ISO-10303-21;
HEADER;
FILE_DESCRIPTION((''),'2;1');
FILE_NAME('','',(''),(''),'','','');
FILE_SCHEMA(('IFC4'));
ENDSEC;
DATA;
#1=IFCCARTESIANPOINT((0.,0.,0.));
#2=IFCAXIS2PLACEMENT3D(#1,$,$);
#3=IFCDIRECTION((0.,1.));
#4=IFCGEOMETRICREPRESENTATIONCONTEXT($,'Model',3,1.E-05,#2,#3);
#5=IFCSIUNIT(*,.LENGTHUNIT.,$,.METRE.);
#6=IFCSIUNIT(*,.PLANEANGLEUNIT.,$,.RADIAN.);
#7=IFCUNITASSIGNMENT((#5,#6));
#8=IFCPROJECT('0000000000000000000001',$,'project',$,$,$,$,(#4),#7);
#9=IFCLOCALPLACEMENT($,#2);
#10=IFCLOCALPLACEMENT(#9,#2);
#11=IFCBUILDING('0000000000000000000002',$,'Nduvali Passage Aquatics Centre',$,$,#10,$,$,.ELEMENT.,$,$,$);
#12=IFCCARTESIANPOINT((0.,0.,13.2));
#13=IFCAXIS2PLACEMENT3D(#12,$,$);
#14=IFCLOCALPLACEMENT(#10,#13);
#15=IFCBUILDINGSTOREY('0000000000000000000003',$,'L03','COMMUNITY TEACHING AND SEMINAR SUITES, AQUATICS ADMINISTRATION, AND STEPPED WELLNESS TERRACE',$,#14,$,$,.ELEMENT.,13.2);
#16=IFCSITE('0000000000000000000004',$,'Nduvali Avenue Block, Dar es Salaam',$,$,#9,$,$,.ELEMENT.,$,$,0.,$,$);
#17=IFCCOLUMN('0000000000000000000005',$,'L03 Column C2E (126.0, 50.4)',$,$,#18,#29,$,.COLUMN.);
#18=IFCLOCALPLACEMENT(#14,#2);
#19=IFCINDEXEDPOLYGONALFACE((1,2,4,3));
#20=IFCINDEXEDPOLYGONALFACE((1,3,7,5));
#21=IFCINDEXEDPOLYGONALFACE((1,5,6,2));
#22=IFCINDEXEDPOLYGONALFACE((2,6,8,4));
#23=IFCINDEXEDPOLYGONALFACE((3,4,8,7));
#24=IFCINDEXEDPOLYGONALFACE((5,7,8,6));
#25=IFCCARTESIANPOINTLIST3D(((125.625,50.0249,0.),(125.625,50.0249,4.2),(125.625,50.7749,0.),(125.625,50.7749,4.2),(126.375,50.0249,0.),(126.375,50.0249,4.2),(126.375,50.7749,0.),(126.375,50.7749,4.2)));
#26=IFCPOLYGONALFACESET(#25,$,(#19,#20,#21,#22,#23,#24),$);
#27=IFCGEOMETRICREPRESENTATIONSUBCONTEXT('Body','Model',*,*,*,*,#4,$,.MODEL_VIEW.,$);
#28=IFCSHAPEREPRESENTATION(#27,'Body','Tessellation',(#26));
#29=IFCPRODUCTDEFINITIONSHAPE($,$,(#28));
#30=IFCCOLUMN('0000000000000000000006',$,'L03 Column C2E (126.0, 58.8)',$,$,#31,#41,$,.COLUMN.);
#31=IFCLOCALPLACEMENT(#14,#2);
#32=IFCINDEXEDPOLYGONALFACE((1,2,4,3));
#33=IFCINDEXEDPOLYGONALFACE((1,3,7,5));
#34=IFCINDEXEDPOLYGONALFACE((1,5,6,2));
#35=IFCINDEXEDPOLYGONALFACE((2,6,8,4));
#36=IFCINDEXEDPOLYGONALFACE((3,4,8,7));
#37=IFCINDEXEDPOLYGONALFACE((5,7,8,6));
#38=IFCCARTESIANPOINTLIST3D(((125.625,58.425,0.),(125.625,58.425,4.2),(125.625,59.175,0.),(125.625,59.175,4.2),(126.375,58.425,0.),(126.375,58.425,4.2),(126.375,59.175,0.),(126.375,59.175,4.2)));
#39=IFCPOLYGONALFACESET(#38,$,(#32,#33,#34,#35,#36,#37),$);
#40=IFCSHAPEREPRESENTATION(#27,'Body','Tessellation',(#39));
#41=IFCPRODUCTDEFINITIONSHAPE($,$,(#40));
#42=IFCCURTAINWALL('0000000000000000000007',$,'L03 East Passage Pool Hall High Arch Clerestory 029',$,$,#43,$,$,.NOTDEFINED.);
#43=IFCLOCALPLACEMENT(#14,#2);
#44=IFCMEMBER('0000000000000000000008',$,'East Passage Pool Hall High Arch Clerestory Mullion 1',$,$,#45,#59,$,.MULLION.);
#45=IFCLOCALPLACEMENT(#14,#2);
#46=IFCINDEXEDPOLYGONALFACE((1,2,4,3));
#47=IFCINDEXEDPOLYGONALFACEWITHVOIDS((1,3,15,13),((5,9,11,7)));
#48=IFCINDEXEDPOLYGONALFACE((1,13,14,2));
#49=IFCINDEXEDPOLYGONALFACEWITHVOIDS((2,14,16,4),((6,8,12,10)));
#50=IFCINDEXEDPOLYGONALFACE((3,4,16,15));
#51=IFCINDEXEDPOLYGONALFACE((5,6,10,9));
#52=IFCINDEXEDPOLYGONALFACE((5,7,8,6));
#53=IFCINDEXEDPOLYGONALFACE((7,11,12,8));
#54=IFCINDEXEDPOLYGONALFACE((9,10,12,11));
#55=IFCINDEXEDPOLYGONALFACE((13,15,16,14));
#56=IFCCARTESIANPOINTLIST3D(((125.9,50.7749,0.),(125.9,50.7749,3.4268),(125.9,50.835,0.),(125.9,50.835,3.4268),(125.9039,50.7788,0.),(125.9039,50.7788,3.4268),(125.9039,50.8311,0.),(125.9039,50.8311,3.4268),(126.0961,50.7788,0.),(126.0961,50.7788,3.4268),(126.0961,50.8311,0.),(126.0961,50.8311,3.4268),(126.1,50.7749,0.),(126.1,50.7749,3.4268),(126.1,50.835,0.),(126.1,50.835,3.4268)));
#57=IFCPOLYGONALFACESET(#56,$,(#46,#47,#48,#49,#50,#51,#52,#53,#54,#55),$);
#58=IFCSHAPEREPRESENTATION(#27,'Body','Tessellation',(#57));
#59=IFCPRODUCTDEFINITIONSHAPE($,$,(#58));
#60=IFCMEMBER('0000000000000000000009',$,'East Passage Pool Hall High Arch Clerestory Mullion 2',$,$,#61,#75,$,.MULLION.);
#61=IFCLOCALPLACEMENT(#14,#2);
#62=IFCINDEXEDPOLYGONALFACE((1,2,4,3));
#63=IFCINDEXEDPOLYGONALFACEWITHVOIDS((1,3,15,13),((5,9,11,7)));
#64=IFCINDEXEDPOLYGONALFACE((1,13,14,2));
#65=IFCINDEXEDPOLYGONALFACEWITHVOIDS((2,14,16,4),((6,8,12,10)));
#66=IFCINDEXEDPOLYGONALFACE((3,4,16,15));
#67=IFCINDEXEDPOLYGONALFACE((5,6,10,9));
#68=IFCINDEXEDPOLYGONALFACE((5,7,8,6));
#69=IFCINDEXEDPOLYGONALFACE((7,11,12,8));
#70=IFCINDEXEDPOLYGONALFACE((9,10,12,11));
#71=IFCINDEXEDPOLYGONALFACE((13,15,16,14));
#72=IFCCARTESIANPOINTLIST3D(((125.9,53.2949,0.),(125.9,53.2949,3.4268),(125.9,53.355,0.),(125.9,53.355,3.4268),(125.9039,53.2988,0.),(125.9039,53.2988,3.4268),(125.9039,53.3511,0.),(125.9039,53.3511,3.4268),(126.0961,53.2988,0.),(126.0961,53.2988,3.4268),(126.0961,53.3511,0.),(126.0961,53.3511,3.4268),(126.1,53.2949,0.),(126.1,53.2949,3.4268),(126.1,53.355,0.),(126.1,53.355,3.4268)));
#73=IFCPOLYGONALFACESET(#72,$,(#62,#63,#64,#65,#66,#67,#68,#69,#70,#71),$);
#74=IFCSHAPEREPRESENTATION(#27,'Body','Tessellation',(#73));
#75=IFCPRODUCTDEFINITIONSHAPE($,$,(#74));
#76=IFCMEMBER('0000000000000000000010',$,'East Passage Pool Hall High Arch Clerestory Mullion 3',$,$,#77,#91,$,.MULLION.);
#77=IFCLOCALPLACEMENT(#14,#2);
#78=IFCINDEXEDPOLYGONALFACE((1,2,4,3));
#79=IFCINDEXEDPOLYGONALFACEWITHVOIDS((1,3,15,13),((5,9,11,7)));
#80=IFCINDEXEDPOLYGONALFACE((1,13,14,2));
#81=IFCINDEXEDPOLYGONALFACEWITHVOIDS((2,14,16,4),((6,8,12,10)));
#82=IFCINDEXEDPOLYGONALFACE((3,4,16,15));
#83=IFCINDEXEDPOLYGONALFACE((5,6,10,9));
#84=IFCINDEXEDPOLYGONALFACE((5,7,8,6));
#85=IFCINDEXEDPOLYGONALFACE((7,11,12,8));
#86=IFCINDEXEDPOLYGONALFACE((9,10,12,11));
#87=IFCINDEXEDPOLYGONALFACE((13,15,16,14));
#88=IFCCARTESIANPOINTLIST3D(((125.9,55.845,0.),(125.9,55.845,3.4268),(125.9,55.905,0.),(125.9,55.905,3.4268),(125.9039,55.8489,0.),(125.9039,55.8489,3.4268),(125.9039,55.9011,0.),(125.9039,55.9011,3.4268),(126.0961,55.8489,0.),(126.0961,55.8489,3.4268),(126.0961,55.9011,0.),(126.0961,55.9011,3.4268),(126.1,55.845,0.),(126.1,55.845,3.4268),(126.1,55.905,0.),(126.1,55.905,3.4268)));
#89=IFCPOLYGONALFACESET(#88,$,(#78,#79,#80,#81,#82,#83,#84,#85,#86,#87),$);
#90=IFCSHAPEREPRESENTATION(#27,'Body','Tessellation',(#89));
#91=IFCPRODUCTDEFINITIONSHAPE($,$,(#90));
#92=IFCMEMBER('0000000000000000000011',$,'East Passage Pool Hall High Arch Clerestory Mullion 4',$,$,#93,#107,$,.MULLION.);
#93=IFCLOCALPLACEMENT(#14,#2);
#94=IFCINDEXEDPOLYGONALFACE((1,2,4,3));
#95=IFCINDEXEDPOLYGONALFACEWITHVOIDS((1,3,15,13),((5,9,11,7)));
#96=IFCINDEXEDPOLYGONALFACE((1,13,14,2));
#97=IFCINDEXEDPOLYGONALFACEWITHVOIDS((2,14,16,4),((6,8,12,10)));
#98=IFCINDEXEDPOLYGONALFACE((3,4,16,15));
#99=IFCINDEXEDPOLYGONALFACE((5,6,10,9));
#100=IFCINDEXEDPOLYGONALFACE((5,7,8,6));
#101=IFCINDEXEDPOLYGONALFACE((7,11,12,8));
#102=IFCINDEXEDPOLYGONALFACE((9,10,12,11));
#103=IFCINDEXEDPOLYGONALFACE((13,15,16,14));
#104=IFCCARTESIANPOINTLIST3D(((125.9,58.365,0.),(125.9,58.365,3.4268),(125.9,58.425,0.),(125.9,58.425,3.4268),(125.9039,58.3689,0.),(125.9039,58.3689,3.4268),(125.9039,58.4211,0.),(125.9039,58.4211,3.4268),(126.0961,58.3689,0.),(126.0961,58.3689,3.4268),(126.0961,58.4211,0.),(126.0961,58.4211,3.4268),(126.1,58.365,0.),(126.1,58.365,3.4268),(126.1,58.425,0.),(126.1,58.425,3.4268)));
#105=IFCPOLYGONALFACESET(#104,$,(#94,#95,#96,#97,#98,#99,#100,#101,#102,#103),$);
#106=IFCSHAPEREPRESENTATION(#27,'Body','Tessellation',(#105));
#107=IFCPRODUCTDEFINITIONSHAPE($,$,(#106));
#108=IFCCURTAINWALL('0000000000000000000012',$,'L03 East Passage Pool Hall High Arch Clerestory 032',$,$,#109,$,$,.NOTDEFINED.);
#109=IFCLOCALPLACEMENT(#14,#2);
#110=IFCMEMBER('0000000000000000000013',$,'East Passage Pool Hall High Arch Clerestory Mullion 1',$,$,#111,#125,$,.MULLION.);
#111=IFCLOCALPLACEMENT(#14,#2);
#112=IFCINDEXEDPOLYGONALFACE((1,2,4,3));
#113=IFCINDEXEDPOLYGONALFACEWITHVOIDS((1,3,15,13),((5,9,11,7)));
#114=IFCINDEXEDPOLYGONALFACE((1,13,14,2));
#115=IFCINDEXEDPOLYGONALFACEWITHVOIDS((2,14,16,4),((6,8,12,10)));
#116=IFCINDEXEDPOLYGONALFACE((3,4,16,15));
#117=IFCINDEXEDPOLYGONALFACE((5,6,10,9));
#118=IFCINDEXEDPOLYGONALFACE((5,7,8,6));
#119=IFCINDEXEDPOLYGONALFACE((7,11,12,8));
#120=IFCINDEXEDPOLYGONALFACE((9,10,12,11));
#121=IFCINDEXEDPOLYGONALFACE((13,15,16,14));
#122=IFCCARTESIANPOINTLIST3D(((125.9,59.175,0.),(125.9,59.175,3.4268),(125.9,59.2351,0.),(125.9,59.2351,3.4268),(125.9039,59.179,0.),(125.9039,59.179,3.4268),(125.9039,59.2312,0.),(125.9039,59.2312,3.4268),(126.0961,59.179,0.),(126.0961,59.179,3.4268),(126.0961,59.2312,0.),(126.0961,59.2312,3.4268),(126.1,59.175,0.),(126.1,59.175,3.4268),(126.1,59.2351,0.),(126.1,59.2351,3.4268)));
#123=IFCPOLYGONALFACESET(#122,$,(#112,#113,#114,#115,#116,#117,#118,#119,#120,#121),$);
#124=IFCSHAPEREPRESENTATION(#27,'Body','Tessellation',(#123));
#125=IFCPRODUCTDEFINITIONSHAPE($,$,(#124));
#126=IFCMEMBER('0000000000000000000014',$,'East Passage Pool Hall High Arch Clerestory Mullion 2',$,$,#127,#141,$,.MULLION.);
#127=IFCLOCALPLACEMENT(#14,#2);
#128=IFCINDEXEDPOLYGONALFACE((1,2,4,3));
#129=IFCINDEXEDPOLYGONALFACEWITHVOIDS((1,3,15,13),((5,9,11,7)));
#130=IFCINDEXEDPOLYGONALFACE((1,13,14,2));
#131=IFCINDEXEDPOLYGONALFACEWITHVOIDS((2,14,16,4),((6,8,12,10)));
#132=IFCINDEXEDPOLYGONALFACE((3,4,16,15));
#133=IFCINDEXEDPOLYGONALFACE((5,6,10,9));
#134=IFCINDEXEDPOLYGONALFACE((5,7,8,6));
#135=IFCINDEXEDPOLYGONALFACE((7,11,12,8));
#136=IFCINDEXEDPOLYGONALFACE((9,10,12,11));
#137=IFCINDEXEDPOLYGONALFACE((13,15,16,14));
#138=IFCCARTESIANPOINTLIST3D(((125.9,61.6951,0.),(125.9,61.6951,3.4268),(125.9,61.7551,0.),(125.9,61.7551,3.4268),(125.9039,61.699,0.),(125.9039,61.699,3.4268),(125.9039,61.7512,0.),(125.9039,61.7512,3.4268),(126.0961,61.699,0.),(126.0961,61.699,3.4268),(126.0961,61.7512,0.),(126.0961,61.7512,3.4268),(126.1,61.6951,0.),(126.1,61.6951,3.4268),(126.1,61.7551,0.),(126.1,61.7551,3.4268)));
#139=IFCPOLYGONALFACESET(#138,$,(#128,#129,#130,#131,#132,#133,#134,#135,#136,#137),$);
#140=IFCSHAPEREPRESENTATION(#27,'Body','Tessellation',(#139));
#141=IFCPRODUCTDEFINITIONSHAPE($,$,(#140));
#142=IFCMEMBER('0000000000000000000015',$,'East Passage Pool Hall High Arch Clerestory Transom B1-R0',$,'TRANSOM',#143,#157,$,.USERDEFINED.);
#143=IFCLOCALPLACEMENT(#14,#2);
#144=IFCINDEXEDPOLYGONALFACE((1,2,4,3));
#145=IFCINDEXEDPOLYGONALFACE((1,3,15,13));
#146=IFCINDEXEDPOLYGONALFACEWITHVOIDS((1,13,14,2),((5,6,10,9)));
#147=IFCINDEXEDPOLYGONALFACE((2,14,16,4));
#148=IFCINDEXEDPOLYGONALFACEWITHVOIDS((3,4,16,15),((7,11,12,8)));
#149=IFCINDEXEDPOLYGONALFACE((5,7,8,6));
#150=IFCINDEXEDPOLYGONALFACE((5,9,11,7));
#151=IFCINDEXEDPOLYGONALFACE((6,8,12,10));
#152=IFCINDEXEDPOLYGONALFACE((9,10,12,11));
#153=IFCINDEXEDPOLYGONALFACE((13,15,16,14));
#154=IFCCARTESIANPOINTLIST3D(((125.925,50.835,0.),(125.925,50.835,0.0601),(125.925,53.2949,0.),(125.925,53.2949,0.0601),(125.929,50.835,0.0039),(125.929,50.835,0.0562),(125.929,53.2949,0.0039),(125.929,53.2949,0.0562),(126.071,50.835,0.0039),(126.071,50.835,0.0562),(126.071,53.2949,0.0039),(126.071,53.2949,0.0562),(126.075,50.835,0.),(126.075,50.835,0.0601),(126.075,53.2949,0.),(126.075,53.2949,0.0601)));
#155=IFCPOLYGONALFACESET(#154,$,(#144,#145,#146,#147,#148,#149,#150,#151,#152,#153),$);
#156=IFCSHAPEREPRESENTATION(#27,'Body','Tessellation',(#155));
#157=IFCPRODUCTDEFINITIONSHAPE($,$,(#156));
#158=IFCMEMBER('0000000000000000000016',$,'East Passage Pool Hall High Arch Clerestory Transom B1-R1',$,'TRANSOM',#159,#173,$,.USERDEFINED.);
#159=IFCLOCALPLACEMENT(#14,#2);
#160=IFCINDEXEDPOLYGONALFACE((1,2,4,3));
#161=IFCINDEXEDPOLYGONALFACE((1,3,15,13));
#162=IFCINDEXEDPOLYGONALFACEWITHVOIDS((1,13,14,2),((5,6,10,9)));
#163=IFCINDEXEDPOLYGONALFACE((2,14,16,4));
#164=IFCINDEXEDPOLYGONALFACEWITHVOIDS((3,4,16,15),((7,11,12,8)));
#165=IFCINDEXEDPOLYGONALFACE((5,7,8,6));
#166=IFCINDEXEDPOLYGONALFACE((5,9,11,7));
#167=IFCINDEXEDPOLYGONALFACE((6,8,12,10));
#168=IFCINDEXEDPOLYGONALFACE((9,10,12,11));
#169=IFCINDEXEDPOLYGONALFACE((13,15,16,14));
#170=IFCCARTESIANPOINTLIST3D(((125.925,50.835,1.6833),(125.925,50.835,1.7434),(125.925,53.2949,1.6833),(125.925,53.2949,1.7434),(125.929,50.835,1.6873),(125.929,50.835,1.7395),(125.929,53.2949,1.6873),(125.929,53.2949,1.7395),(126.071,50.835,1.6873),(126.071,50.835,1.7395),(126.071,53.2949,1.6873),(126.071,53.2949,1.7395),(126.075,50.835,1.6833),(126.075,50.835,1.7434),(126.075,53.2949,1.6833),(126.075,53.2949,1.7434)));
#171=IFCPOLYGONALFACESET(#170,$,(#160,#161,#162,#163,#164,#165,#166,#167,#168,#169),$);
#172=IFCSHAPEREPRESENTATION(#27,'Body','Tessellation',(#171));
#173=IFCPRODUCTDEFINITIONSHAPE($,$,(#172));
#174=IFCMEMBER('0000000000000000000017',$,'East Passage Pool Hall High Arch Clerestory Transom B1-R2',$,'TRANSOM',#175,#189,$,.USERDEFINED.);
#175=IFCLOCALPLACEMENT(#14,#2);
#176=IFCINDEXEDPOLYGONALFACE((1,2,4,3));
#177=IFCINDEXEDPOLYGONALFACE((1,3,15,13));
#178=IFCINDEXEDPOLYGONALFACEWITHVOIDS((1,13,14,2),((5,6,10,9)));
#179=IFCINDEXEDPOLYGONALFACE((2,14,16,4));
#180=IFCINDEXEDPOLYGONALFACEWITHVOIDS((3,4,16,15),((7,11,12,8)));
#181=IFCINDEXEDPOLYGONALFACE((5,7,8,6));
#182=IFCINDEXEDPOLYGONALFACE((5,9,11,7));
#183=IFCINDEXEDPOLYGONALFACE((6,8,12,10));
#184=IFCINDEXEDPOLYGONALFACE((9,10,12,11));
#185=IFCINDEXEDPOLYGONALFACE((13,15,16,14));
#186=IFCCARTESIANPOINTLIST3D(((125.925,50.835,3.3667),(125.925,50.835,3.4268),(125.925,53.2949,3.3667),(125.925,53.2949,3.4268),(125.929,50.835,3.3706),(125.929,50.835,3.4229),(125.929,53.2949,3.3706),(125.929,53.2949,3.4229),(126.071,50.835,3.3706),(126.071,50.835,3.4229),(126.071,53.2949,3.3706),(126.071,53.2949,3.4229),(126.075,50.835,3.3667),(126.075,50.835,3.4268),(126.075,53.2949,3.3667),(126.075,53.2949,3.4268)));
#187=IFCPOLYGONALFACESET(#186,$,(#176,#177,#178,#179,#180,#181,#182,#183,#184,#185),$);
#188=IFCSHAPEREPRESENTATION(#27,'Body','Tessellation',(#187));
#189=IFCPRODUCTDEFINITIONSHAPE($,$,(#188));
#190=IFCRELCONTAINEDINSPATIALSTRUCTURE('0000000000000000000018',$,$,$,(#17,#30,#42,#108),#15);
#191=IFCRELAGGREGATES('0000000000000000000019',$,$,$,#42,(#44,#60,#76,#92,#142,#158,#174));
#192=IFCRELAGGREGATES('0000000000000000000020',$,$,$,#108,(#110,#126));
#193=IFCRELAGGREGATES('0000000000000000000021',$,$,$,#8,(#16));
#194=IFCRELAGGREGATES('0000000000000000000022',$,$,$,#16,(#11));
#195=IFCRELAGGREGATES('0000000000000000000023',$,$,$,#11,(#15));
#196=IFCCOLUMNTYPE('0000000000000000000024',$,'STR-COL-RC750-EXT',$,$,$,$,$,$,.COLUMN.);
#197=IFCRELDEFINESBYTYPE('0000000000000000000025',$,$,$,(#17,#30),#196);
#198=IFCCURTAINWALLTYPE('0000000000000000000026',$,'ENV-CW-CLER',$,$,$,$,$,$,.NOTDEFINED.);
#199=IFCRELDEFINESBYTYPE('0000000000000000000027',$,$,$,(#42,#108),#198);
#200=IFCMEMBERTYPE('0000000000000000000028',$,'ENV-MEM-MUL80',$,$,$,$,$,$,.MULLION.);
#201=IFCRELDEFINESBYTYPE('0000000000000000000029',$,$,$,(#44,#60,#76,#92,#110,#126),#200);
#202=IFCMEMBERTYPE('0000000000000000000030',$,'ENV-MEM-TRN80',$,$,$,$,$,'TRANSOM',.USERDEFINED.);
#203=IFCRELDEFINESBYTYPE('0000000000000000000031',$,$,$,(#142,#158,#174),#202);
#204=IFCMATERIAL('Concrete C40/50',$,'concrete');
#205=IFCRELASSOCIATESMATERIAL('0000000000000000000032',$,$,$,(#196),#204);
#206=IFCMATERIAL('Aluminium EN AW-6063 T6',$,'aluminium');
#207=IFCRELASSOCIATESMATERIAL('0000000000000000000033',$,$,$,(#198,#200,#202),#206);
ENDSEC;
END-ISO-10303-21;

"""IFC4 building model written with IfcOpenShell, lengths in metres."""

from ifc_helpers import new_model, si_unit, direction, frame, origin, origin_2d, place, context, subcontext, project, spatial, rectangle, hollow_rectangle, extrude, material, material_profile, profile_set, type_object, element, aggregate, save


model = new_model("IFC4")

# Units and contexts
model_context = context("Model", 3, precision=1e-05, world=origin(), true_north=direction((0.0, 1.0)))
body_context = subcontext(model_context, "Body", "Model", "MODEL_VIEW")
ifc_project = project(units=[si_unit("LENGTHUNIT", "METRE"), si_unit("PLANEANGLEUNIT", "RADIAN")], contexts=[model_context])

# Site, building, storey
site_placement = place(None, origin())
site = spatial("IfcSite", under=ifc_project, at=site_placement, Name="Nduvali Avenue Block, Dar es Salaam", CompositionType="ELEMENT", RefElevation=0.0)
building_placement = place(site_placement, origin())
building = spatial("IfcBuilding", under=site, at=building_placement, Name="Nduvali Passage Aquatics Centre", CompositionType="ELEMENT")
storey_placement = place(building_placement, frame((0.0, 0.0, 13.2)))
storey = spatial("IfcBuildingStorey", under=building, at=storey_placement, Name="L03", Description="COMMUNITY TEACHING AND SEMINAR SUITES, AQUATICS ADMINISTRATION, AND STEPPED WELLNESS TERRACE", CompositionType="ELEMENT", Elevation=13.2)

# Columns
ifc_material_1 = material(Name="Concrete C40/50", Category="concrete")
ifc_material_profile_1 = material_profile(ifc_material_1, rectangle(XDim=0.75, YDim=0.75, at=origin_2d()), Name="RC 750x750")
ifc_profile_set_1 = profile_set([ifc_material_profile_1], Name="Concrete C40/50")
column_type = type_object("IfcColumnType", Name="STR-COL-RC750-EXT", PredefinedType="COLUMN", material=ifc_profile_set_1)
for number, where, z_axis, x_axis, name in (
    (1, (126.0, 50.3999, 0.0), (0.0, 0.0, 1.0), (1.0, 0.0, 0.0), "L03 Column C2E (126.0, 50.4)"),
    (2, (126.0, 58.8, 0.0), (0.0, 0.0, 1.0), (1.0, 0.0, 0.0), "L03 Column C2E (126.0, 58.8)"),
):
    element("IfcColumn", number, at=place(storey_placement, frame(where, z_axis=z_axis, x_axis=x_axis)), inside=storey, type_object=column_type, Name=name, PredefinedType="COLUMN", context=body_context, shape_type="SweptSolid", body=[
        extrude(rectangle(XDim=0.75, YDim=0.75, at=origin_2d()), origin(), (0.0, 0.0, 1.0), 4.2),
    ])

# Curtain walls, members
ifc_material_2 = material(Name="Aluminium EN AW-6063 T6", Category="aluminium")
curtain_wall_type = type_object("IfcCurtainWallType", Name="ENV-CW-CLER", PredefinedType="NOTDEFINED", material=ifc_material_2)
curtain_wall_1_placement = place(storey_placement, origin())
curtain_wall_1 = element("IfcCurtainWall", 3, at=curtain_wall_1_placement, inside=storey, type_object=curtain_wall_type, Name="L03 East Passage Pool Hall High Arch Clerestory 029", PredefinedType="NOTDEFINED")
ifc_material_profile_2 = material_profile(ifc_material_2, hollow_rectangle(XDim=0.0601, YDim=0.2, WallThickness=0.0039, at=origin_2d()), Name="ALU MULLION 60x200x4")
ifc_profile_set_2 = profile_set([ifc_material_profile_2], Name="Aluminium EN AW-6063 T6")
member_type_1 = type_object("IfcMemberType", Name="ENV-MEM-MUL80", PredefinedType="MULLION", material=ifc_profile_set_2)
member_1_placement = place(storey_placement, frame((126.0, 50.8049, 0.0), z_axis=(0.0, 0.0, 1.0), x_axis=(0.0, 1.0, 0.0)))
member_1 = element("IfcMember", 4, at=member_1_placement, type_object=member_type_1, Name="East Passage Pool Hall High Arch Clerestory Mullion 1", PredefinedType="MULLION", context=body_context, shape_type="SweptSolid", body=[
    extrude(hollow_rectangle(XDim=0.0601, YDim=0.2, WallThickness=0.0039, at=origin_2d()), origin(), (0.0, 0.0, 1.0), 3.4268),
])
member_2_placement = place(storey_placement, frame((126.0, 53.325, 0.0), z_axis=(0.0, 0.0, 1.0), x_axis=(0.0, 1.0, 0.0)))
member_2 = element("IfcMember", 5, at=member_2_placement, type_object=member_type_1, Name="East Passage Pool Hall High Arch Clerestory Mullion 2", PredefinedType="MULLION", context=body_context, shape_type="SweptSolid", body=[
    extrude(hollow_rectangle(XDim=0.0601, YDim=0.2, WallThickness=0.0039, at=origin_2d()), origin(), (0.0, 0.0, 1.0), 3.4268),
])
member_3_placement = place(storey_placement, frame((126.0, 55.875, 0.0), z_axis=(0.0, 0.0, 1.0), x_axis=(0.0, 1.0, 0.0)))
member_3 = element("IfcMember", 6, at=member_3_placement, type_object=member_type_1, Name="East Passage Pool Hall High Arch Clerestory Mullion 3", PredefinedType="MULLION", context=body_context, shape_type="SweptSolid", body=[
    extrude(hollow_rectangle(XDim=0.0601, YDim=0.2, WallThickness=0.0039, at=origin_2d()), origin(), (0.0, 0.0, 1.0), 3.4268),
])
member_4_placement = place(storey_placement, frame((126.0, 58.395, 0.0), z_axis=(0.0, 0.0, 1.0), x_axis=(0.0, 1.0, 0.0)))
member_4 = element("IfcMember", 7, at=member_4_placement, type_object=member_type_1, Name="East Passage Pool Hall High Arch Clerestory Mullion 4", PredefinedType="MULLION", context=body_context, shape_type="SweptSolid", body=[
    extrude(hollow_rectangle(XDim=0.0601, YDim=0.2, WallThickness=0.0039, at=origin_2d()), origin(), (0.0, 0.0, 1.0), 3.4268),
])
curtain_wall_2_placement = place(storey_placement, origin())
curtain_wall_2 = element("IfcCurtainWall", 8, at=curtain_wall_2_placement, inside=storey, type_object=curtain_wall_type, Name="L03 East Passage Pool Hall High Arch Clerestory 032", PredefinedType="NOTDEFINED")
member_5_placement = place(storey_placement, frame((126.0, 59.2051, 0.0), z_axis=(0.0, 0.0, 1.0), x_axis=(0.0, 1.0, 0.0)))
member_5 = element("IfcMember", 9, at=member_5_placement, type_object=member_type_1, Name="East Passage Pool Hall High Arch Clerestory Mullion 1", PredefinedType="MULLION", context=body_context, shape_type="SweptSolid", body=[
    extrude(hollow_rectangle(XDim=0.0601, YDim=0.2, WallThickness=0.0039, at=origin_2d()), origin(), (0.0, 0.0, 1.0), 3.4268),
])
member_6_placement = place(storey_placement, frame((126.0, 61.7251, 0.0), z_axis=(0.0, 0.0, 1.0), x_axis=(0.0, 1.0, 0.0)))
member_6 = element("IfcMember", 10, at=member_6_placement, type_object=member_type_1, Name="East Passage Pool Hall High Arch Clerestory Mullion 2", PredefinedType="MULLION", context=body_context, shape_type="SweptSolid", body=[
    extrude(hollow_rectangle(XDim=0.0601, YDim=0.2, WallThickness=0.0039, at=origin_2d()), origin(), (0.0, 0.0, 1.0), 3.4268),
])

# Members
ifc_material_profile_3 = material_profile(ifc_material_2, hollow_rectangle(XDim=0.1499, YDim=0.0601, WallThickness=0.0039, at=origin_2d()), Name="ALU TRANSOM 150x60x4")
ifc_profile_set_3 = profile_set([ifc_material_profile_3], Name="Aluminium EN AW-6063 T6")
member_type_2 = type_object("IfcMemberType", Name="ENV-MEM-TRN80", ElementType="TRANSOM", PredefinedType="USERDEFINED", material=ifc_profile_set_3)
member_7_placement = place(storey_placement, frame((126.0, 50.835, 0.03), z_axis=(0.0, 1.0, 0.0), x_axis=(-1.0, 0.0, 0.0)))
member_7 = element("IfcMember", 11, at=member_7_placement, type_object=member_type_2, Name="East Passage Pool Hall High Arch Clerestory Transom B1-R0", ObjectType="TRANSOM", PredefinedType="USERDEFINED", context=body_context, shape_type="SweptSolid", body=[
    extrude(hollow_rectangle(XDim=0.1499, YDim=0.0601, WallThickness=0.0039, at=origin_2d()), origin(), (0.0, 0.0, 1.0), 2.46),
])
member_8_placement = place(storey_placement, frame((126.0, 50.835, 1.7134), z_axis=(0.0, 1.0, 0.0), x_axis=(-1.0, 0.0, 0.0)))
member_8 = element("IfcMember", 12, at=member_8_placement, type_object=member_type_2, Name="East Passage Pool Hall High Arch Clerestory Transom B1-R1", ObjectType="TRANSOM", PredefinedType="USERDEFINED", context=body_context, shape_type="SweptSolid", body=[
    extrude(hollow_rectangle(XDim=0.1499, YDim=0.0601, WallThickness=0.0039, at=origin_2d()), origin(), (0.0, 0.0, 1.0), 2.46),
])
member_9_placement = place(storey_placement, frame((126.0, 50.835, 3.3967), z_axis=(0.0, 1.0, 0.0), x_axis=(-1.0, 0.0, 0.0)))
member_9 = element("IfcMember", 13, at=member_9_placement, type_object=member_type_2, Name="East Passage Pool Hall High Arch Clerestory Transom B1-R2", ObjectType="TRANSOM", PredefinedType="USERDEFINED", context=body_context, shape_type="SweptSolid", body=[
    extrude(hollow_rectangle(XDim=0.1499, YDim=0.0601, WallThickness=0.0039, at=origin_2d()), origin(), (0.0, 0.0, 1.0), 2.46),
])

aggregate(curtain_wall_1, [member_1, member_2, member_3, member_4, member_7, member_8, member_9])
aggregate(curtain_wall_2, [member_5, member_6])

save(model, "model.ifc")
